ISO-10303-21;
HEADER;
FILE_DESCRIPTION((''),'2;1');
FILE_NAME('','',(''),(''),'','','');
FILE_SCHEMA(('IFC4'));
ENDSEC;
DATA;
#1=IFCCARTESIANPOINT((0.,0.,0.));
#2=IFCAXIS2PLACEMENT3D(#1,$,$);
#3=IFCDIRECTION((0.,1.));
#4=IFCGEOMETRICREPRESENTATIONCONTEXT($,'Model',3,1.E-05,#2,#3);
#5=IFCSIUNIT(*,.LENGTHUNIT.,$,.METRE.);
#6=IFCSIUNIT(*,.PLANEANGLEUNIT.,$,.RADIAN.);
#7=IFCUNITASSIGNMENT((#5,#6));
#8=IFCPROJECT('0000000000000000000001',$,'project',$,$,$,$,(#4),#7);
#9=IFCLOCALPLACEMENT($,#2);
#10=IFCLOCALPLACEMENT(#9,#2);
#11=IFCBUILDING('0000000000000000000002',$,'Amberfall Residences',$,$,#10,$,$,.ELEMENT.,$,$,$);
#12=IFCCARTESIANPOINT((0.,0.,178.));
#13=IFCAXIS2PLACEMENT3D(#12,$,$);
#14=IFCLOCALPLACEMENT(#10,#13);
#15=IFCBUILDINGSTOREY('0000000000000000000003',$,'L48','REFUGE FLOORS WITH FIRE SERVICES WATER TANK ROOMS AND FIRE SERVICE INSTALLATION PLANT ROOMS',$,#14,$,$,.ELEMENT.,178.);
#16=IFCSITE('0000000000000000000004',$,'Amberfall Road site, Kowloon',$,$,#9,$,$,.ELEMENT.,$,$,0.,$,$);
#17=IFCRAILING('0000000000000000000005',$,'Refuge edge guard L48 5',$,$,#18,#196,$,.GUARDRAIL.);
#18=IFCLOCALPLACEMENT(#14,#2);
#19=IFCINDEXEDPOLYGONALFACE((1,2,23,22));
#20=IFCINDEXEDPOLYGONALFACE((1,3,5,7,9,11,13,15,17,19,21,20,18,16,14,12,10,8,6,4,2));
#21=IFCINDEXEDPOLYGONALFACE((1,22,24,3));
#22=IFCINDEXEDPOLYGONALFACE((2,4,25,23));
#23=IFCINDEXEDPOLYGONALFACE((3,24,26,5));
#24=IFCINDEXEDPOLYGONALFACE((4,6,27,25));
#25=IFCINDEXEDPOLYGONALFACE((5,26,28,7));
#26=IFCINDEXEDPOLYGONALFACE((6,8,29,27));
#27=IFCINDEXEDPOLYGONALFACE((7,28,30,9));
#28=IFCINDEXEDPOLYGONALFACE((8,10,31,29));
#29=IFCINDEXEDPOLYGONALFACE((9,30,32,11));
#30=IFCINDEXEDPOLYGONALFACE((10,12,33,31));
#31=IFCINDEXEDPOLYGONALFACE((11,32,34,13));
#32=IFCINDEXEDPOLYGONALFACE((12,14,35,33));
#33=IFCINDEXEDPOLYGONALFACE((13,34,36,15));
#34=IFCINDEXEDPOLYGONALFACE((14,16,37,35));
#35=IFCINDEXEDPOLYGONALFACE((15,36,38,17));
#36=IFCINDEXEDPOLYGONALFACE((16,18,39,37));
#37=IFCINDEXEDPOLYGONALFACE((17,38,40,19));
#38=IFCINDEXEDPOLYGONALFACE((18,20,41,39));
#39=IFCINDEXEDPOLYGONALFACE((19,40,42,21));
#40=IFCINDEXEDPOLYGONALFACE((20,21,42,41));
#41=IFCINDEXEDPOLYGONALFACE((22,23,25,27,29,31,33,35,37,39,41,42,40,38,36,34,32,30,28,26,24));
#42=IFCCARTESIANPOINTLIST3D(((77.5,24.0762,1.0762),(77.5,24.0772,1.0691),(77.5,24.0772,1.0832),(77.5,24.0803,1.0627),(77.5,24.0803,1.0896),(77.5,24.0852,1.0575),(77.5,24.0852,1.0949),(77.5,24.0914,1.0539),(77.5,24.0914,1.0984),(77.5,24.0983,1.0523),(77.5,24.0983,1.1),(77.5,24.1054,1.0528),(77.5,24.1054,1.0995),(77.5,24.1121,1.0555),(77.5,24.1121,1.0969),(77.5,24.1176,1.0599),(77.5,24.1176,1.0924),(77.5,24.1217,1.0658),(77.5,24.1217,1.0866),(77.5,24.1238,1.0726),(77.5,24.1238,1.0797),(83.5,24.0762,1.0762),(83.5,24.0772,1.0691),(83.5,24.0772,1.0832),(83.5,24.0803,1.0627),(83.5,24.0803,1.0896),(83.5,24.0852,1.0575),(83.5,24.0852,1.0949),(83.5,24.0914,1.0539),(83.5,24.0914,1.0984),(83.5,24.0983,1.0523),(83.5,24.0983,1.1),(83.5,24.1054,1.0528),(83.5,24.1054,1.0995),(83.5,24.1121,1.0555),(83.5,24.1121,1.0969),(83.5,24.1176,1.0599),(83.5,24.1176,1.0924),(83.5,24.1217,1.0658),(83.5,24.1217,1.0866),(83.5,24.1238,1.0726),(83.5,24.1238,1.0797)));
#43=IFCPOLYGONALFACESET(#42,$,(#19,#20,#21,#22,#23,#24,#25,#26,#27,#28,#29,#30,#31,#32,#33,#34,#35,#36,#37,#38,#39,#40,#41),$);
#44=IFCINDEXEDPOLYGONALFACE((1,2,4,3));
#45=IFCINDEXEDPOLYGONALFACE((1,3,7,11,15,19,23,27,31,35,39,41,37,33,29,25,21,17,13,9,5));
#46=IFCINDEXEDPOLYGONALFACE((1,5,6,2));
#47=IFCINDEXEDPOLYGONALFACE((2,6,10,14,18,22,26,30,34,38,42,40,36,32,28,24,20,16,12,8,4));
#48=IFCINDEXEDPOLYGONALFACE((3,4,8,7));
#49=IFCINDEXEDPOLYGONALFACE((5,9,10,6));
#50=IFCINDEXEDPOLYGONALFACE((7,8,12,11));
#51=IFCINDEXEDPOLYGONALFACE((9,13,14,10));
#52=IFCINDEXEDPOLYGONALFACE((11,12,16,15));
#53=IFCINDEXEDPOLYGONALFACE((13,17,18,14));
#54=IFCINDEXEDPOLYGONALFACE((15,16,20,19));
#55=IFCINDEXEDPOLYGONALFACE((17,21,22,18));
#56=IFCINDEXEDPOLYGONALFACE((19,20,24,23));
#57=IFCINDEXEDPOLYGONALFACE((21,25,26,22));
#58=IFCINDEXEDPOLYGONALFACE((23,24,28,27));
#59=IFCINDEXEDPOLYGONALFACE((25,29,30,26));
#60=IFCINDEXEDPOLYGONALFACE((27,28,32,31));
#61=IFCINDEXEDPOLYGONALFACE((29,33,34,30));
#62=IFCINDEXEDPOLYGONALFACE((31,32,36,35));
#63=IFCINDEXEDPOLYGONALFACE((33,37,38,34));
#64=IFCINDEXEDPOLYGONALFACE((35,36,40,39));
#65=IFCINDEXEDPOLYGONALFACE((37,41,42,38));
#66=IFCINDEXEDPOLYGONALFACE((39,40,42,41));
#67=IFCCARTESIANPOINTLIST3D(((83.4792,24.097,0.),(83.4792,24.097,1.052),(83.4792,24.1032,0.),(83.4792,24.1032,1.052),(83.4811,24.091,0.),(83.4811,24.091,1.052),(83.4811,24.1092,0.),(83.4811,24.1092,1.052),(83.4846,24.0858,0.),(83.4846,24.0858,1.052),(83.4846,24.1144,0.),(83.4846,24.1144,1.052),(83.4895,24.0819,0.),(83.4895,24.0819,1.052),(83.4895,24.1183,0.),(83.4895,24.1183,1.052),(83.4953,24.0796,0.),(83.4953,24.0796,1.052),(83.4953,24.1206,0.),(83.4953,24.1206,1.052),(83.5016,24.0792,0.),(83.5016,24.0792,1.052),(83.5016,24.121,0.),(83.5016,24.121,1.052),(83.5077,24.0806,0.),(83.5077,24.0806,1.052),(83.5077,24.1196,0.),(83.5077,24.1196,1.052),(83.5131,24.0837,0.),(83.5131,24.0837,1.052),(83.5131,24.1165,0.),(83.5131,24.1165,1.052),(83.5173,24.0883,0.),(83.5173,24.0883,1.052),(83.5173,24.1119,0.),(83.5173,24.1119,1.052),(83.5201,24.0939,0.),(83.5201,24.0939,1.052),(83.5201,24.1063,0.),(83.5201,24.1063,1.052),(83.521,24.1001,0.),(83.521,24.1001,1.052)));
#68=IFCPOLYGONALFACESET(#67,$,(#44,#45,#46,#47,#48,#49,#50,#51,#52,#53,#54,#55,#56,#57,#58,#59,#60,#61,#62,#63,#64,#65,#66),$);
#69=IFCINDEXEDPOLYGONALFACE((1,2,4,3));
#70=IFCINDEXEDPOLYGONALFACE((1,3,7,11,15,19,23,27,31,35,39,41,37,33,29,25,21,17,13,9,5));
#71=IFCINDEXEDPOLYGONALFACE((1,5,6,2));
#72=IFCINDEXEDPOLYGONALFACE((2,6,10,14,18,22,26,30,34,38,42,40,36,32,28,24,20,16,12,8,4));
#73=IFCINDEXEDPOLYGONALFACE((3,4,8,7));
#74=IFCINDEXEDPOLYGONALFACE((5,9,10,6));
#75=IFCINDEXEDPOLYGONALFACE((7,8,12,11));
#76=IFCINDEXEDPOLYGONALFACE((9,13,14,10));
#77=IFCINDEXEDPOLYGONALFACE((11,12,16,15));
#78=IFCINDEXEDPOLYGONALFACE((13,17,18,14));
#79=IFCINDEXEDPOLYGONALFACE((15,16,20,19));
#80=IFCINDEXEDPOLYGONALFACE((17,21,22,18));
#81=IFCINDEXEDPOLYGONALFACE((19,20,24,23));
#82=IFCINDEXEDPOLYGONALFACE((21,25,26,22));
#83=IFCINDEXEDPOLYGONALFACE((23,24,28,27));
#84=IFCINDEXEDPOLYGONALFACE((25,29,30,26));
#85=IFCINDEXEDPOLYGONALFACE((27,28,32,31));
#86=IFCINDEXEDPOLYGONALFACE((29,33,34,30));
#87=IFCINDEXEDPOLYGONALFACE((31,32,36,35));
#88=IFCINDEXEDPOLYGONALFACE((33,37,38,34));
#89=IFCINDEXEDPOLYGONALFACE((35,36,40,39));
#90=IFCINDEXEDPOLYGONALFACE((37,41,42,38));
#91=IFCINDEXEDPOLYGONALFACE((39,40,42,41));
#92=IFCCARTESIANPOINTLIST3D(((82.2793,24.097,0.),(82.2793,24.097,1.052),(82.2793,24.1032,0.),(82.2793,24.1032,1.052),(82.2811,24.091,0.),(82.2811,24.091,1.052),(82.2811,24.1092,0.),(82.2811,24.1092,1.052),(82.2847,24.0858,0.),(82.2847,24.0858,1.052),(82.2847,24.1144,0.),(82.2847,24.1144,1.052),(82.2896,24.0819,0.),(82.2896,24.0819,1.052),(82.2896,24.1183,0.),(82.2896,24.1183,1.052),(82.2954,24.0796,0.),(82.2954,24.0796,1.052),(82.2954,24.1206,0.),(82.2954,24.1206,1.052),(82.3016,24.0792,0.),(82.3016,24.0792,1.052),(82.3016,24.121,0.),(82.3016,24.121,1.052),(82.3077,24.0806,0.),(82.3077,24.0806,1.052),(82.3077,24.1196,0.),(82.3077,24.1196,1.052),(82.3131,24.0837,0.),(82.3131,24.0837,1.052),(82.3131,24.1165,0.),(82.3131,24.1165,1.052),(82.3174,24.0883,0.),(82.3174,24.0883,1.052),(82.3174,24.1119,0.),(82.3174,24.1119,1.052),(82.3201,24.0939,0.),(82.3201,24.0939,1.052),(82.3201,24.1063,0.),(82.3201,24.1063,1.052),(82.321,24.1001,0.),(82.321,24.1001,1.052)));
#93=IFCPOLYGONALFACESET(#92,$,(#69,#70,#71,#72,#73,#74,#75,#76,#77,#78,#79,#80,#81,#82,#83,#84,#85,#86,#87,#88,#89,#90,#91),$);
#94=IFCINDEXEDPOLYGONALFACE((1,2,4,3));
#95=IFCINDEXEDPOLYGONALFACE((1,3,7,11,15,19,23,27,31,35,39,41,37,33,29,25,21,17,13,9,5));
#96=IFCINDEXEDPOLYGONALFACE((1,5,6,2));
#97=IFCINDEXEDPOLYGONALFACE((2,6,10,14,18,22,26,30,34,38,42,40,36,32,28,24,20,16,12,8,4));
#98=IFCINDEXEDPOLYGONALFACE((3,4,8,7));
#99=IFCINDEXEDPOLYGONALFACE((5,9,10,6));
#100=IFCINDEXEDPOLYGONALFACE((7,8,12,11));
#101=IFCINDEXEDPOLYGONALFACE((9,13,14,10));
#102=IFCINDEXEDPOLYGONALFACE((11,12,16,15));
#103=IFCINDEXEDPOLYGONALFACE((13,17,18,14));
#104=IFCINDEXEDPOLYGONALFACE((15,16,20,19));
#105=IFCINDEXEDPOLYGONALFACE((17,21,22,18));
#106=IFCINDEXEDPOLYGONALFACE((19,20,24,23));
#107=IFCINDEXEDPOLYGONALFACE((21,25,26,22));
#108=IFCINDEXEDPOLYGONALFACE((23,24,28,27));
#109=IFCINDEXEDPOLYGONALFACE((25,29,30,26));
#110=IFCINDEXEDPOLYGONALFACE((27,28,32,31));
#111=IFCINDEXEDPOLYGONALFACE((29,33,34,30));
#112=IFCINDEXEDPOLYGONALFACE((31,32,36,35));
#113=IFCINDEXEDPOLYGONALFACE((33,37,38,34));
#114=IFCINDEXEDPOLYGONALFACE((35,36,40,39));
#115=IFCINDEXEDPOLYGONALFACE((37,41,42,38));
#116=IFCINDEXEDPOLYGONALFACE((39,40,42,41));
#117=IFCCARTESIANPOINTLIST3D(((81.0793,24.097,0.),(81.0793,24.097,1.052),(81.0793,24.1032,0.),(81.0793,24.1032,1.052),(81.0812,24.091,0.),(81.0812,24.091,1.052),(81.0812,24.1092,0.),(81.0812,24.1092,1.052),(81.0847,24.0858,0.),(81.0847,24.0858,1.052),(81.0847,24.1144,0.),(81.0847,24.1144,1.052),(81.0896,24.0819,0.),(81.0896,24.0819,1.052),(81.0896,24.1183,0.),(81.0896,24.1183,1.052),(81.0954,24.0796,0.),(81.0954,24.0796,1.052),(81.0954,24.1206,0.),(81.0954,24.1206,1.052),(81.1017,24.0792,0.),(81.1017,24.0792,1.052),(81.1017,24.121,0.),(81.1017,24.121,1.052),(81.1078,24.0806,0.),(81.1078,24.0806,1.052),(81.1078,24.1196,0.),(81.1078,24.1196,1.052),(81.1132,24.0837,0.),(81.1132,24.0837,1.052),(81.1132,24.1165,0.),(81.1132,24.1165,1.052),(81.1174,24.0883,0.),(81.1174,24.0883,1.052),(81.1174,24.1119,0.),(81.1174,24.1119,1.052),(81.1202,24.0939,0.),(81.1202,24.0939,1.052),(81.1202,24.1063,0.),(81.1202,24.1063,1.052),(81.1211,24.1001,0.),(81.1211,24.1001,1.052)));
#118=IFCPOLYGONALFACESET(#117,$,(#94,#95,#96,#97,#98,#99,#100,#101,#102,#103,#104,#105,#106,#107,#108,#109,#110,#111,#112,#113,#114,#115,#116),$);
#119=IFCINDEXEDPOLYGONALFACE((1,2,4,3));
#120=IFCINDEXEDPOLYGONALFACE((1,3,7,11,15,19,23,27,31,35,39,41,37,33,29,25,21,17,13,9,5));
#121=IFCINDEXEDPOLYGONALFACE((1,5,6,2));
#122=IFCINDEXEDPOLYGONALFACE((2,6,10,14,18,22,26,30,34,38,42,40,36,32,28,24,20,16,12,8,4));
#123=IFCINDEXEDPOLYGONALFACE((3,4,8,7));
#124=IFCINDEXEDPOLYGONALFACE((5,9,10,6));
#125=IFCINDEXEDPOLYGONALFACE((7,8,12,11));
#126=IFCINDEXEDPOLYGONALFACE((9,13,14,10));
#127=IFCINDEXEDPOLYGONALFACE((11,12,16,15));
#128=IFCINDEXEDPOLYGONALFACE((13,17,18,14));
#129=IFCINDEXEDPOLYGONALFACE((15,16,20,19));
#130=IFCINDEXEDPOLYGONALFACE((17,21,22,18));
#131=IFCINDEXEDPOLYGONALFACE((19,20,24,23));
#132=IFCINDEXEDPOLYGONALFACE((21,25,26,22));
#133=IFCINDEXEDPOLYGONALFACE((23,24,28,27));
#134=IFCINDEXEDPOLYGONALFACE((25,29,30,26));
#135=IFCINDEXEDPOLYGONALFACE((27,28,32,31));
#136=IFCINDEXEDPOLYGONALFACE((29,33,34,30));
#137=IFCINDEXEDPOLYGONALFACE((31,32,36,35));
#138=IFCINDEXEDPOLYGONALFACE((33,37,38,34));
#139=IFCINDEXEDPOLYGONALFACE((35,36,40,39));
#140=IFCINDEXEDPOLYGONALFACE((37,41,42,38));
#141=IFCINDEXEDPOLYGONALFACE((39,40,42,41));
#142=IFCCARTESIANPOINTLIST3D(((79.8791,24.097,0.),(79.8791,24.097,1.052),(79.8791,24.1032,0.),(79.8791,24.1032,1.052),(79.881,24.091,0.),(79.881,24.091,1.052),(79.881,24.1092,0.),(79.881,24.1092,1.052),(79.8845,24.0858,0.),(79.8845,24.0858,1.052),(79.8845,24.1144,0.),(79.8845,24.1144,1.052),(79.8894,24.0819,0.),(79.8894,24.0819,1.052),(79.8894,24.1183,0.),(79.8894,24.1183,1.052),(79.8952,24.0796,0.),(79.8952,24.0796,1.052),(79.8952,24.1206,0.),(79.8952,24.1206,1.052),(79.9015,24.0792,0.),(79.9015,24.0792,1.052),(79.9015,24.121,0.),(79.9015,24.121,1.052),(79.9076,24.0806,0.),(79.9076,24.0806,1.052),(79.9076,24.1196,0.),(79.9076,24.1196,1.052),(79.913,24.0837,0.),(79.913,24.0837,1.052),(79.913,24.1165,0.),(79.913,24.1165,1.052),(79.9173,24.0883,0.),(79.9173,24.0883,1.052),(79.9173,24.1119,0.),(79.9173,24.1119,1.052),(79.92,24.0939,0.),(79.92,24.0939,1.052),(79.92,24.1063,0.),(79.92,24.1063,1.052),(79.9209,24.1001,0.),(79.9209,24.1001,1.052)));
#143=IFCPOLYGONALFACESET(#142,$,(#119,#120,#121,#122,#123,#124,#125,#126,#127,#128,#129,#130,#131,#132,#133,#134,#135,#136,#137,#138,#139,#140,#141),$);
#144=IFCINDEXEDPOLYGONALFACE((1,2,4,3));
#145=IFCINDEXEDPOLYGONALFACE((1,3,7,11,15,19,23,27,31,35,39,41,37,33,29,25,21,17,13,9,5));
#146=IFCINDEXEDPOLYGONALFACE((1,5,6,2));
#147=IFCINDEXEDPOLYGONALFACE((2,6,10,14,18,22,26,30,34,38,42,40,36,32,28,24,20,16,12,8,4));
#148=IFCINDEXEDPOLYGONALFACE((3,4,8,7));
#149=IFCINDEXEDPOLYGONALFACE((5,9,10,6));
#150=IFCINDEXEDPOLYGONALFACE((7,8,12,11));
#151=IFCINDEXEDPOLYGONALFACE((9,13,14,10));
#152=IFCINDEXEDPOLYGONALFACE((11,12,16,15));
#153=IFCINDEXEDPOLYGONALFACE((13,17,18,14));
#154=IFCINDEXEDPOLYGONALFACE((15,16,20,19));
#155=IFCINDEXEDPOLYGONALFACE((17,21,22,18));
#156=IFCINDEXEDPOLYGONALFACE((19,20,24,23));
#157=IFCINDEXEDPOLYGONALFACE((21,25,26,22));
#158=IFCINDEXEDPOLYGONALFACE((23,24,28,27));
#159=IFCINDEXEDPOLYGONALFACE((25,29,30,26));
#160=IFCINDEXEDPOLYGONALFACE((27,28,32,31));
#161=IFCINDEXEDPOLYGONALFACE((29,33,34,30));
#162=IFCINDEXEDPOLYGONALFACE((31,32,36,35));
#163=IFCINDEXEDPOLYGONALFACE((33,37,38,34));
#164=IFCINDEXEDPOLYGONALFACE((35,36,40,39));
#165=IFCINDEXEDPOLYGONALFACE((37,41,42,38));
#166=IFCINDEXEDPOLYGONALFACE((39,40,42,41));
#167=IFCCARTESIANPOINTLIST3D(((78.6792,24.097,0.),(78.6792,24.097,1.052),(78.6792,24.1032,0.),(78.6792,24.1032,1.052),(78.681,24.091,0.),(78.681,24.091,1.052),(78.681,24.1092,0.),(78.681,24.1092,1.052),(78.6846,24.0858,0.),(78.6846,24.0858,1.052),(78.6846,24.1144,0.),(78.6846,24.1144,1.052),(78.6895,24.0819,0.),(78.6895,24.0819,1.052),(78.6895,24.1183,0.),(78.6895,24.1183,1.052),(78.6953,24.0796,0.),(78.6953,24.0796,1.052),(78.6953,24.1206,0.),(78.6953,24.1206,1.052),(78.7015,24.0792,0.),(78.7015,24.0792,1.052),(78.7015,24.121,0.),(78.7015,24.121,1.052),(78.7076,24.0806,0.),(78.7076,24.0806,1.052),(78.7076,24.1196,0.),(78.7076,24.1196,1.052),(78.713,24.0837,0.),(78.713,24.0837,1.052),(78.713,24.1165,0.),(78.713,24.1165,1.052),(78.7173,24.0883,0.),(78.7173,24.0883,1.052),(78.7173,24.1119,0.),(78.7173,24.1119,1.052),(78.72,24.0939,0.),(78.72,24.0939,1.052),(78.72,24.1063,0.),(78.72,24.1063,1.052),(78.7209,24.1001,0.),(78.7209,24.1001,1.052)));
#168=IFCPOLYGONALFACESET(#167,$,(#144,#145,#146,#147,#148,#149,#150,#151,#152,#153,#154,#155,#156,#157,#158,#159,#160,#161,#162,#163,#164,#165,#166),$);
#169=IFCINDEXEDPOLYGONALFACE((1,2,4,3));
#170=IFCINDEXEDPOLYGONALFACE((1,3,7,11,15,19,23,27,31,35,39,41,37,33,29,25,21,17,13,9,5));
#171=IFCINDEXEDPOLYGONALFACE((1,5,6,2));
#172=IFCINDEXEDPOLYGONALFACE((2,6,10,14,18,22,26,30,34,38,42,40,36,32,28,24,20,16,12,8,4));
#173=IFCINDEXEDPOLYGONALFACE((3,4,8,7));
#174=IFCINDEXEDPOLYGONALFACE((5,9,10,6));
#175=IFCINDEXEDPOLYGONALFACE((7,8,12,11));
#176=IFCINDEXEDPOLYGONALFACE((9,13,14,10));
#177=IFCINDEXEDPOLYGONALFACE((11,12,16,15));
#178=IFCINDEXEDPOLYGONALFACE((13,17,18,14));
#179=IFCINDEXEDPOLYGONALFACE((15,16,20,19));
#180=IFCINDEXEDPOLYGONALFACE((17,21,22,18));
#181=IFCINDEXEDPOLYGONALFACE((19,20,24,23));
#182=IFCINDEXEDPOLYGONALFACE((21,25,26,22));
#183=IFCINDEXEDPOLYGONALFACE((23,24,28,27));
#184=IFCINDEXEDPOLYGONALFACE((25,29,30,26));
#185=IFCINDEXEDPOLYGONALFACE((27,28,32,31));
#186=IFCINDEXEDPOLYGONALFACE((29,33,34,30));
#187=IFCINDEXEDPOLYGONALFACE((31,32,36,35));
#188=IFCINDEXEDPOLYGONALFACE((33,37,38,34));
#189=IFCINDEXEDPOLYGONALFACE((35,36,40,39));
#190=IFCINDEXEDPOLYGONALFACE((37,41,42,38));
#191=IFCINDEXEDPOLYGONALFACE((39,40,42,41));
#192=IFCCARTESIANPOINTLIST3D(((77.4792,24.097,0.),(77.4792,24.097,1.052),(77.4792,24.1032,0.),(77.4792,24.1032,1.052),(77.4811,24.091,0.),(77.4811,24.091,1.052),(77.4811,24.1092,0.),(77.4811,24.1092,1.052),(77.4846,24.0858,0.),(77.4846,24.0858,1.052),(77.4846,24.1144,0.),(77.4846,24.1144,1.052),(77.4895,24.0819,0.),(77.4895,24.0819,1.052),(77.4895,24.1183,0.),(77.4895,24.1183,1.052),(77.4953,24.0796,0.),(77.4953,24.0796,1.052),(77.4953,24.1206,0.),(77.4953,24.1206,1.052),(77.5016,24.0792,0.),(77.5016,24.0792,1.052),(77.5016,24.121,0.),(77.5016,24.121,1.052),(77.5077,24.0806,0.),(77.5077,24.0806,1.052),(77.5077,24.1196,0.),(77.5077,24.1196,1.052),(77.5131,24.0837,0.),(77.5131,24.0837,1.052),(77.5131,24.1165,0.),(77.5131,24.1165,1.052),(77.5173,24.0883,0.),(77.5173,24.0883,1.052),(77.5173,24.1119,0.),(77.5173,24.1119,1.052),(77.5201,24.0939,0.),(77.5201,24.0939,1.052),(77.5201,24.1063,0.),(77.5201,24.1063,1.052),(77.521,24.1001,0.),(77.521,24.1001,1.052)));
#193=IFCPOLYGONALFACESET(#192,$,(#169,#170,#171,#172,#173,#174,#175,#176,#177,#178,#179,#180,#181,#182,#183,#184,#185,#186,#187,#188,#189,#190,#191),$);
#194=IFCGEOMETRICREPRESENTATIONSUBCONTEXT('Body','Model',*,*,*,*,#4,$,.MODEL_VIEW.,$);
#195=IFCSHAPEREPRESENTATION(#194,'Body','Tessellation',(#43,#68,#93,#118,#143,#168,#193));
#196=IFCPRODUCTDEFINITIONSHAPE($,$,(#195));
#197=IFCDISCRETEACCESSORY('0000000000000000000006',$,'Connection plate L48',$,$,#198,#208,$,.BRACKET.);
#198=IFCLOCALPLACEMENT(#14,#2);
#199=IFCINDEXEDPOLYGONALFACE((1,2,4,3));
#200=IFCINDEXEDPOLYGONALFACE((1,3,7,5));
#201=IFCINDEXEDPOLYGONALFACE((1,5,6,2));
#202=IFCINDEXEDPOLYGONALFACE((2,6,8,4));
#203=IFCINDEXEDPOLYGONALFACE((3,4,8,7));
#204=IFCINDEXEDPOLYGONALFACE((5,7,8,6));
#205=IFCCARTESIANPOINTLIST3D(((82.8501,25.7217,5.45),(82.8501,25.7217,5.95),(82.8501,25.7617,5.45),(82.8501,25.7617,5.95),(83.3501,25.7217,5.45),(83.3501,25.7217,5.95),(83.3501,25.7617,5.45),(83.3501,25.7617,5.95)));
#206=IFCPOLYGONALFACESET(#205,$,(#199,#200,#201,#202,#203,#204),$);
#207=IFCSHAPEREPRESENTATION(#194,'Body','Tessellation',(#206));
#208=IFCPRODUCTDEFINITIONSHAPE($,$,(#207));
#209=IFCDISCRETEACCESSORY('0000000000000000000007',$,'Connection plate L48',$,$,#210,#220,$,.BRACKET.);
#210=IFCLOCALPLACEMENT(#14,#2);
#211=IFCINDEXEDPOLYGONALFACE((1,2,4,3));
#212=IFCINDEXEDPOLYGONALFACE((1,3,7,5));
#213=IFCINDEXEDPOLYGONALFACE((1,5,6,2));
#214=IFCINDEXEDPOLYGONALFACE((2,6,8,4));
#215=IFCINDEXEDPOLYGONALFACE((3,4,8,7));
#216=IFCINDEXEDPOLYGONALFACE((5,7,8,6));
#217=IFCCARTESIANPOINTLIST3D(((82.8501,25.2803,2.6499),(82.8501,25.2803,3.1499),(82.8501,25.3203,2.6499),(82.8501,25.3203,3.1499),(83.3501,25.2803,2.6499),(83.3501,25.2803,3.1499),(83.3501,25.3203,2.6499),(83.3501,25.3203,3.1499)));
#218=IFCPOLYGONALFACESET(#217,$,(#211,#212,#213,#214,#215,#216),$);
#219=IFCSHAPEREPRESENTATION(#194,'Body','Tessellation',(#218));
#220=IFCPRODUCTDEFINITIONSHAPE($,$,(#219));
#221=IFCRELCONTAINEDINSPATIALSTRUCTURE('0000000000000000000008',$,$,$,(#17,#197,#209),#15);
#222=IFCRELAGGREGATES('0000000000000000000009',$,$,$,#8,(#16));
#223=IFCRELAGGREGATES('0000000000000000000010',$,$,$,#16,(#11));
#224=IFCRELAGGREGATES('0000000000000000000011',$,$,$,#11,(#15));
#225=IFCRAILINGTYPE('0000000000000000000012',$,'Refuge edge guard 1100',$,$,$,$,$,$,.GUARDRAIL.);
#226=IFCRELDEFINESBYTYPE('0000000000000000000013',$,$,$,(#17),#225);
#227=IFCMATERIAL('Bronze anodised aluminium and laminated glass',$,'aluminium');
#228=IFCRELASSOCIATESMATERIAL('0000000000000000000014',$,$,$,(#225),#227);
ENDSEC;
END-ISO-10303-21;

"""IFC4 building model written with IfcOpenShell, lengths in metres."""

from ifc_helpers import new_model, si_unit, direction, frame, origin, origin_2d, place, context, subcontext, project, spatial, rectangle, circle, extrude, material, type_object, element, save


model = new_model("IFC4")

# Units and contexts
model_context = context("Model", 3, precision=1e-05, world=origin(), true_north=direction((0.0, 1.0)))
body_context = subcontext(model_context, "Body", "Model", "MODEL_VIEW")
ifc_project = project(units=[si_unit("LENGTHUNIT", "METRE"), si_unit("PLANEANGLEUNIT", "RADIAN")], contexts=[model_context])

# Site, building, storey
site_placement = place(None, origin())
site = spatial("IfcSite", under=ifc_project, at=site_placement, Name="Amberfall Road site, Kowloon", CompositionType="ELEMENT", RefElevation=0.0)
building_placement = place(site_placement, origin())
building = spatial("IfcBuilding", under=site, at=building_placement, Name="Amberfall Residences", CompositionType="ELEMENT")
storey_placement = place(building_placement, frame((0.0, 0.0, 178.0)))
storey = spatial("IfcBuildingStorey", under=building, at=storey_placement, Name="L48", Description="REFUGE FLOORS WITH FIRE SERVICES WATER TANK ROOMS AND FIRE SERVICE INSTALLATION PLANT ROOMS", CompositionType="ELEMENT", Elevation=178.0)

# Railing
ifc_material_1 = material(Name="Bronze anodised aluminium and laminated glass", Category="aluminium")
railing_type = type_object("IfcRailingType", Name="Refuge edge guard 1100", PredefinedType="GUARDRAIL", material=ifc_material_1)
railing_1_placement = place(storey_placement, frame((83.5, 24.1001, 0.0)))
element("IfcRailing", 1, at=railing_1_placement, inside=storey, type_object=railing_type, Name="Refuge edge guard L48 5", PredefinedType="GUARDRAIL", context=body_context, shape_type="SweptSolid", body=[
    extrude(circle(Radius=0.0239, at=origin_2d()), frame((0.0, 0.0, 1.0762), z_axis=(-1.0, 0.0, 0.0), x_axis=(0.0, -1.0, 0.0)), (0.0, 0.0, 1.0), 6.0),
    extrude(circle(Radius=0.021, at=origin_2d()), origin(), (0.0, 0.0, 1.0), 1.052),
    extrude(circle(Radius=0.021, at=origin_2d()), frame((-1.2, 0.0, 0.0)), (0.0, 0.0, 1.0), 1.052),
    extrude(circle(Radius=0.021, at=origin_2d()), frame((-2.3999, 0.0, 0.0)), (0.0, 0.0, 1.0), 1.052),
    extrude(circle(Radius=0.021, at=origin_2d()), frame((-3.6001, 0.0, 0.0)), (0.0, 0.0, 1.0), 1.052),
    extrude(circle(Radius=0.021, at=origin_2d()), frame((-4.8, 0.0, 0.0)), (0.0, 0.0, 1.0), 1.052),
    extrude(circle(Radius=0.021, at=origin_2d()), frame((-6.0, 0.0, 0.0)), (0.0, 0.0, 1.0), 1.052),
])

# Discrete accessories
for number, where, z_axis, x_axis, name in (
    (2, (83.1001, 25.7417, 5.45), (0.0, 0.0, 1.0), (1.0, 0.0, 0.0), "Connection plate L48"),
    (3, (83.1001, 25.3003, 2.6499), (0.0, 0.0, 1.0), (1.0, 0.0, 0.0), "Connection plate L48"),
):
    element("IfcDiscreteAccessory", number, at=place(storey_placement, frame(where, z_axis=z_axis, x_axis=x_axis)), inside=storey, Name=name, PredefinedType="BRACKET", context=body_context, shape_type="SweptSolid", body=[
        extrude(rectangle(XDim=0.5, YDim=0.04, at=origin_2d()), origin(), (0.0, 0.0, 1.0), 0.5),
    ])

save(model, "model.ifc")
